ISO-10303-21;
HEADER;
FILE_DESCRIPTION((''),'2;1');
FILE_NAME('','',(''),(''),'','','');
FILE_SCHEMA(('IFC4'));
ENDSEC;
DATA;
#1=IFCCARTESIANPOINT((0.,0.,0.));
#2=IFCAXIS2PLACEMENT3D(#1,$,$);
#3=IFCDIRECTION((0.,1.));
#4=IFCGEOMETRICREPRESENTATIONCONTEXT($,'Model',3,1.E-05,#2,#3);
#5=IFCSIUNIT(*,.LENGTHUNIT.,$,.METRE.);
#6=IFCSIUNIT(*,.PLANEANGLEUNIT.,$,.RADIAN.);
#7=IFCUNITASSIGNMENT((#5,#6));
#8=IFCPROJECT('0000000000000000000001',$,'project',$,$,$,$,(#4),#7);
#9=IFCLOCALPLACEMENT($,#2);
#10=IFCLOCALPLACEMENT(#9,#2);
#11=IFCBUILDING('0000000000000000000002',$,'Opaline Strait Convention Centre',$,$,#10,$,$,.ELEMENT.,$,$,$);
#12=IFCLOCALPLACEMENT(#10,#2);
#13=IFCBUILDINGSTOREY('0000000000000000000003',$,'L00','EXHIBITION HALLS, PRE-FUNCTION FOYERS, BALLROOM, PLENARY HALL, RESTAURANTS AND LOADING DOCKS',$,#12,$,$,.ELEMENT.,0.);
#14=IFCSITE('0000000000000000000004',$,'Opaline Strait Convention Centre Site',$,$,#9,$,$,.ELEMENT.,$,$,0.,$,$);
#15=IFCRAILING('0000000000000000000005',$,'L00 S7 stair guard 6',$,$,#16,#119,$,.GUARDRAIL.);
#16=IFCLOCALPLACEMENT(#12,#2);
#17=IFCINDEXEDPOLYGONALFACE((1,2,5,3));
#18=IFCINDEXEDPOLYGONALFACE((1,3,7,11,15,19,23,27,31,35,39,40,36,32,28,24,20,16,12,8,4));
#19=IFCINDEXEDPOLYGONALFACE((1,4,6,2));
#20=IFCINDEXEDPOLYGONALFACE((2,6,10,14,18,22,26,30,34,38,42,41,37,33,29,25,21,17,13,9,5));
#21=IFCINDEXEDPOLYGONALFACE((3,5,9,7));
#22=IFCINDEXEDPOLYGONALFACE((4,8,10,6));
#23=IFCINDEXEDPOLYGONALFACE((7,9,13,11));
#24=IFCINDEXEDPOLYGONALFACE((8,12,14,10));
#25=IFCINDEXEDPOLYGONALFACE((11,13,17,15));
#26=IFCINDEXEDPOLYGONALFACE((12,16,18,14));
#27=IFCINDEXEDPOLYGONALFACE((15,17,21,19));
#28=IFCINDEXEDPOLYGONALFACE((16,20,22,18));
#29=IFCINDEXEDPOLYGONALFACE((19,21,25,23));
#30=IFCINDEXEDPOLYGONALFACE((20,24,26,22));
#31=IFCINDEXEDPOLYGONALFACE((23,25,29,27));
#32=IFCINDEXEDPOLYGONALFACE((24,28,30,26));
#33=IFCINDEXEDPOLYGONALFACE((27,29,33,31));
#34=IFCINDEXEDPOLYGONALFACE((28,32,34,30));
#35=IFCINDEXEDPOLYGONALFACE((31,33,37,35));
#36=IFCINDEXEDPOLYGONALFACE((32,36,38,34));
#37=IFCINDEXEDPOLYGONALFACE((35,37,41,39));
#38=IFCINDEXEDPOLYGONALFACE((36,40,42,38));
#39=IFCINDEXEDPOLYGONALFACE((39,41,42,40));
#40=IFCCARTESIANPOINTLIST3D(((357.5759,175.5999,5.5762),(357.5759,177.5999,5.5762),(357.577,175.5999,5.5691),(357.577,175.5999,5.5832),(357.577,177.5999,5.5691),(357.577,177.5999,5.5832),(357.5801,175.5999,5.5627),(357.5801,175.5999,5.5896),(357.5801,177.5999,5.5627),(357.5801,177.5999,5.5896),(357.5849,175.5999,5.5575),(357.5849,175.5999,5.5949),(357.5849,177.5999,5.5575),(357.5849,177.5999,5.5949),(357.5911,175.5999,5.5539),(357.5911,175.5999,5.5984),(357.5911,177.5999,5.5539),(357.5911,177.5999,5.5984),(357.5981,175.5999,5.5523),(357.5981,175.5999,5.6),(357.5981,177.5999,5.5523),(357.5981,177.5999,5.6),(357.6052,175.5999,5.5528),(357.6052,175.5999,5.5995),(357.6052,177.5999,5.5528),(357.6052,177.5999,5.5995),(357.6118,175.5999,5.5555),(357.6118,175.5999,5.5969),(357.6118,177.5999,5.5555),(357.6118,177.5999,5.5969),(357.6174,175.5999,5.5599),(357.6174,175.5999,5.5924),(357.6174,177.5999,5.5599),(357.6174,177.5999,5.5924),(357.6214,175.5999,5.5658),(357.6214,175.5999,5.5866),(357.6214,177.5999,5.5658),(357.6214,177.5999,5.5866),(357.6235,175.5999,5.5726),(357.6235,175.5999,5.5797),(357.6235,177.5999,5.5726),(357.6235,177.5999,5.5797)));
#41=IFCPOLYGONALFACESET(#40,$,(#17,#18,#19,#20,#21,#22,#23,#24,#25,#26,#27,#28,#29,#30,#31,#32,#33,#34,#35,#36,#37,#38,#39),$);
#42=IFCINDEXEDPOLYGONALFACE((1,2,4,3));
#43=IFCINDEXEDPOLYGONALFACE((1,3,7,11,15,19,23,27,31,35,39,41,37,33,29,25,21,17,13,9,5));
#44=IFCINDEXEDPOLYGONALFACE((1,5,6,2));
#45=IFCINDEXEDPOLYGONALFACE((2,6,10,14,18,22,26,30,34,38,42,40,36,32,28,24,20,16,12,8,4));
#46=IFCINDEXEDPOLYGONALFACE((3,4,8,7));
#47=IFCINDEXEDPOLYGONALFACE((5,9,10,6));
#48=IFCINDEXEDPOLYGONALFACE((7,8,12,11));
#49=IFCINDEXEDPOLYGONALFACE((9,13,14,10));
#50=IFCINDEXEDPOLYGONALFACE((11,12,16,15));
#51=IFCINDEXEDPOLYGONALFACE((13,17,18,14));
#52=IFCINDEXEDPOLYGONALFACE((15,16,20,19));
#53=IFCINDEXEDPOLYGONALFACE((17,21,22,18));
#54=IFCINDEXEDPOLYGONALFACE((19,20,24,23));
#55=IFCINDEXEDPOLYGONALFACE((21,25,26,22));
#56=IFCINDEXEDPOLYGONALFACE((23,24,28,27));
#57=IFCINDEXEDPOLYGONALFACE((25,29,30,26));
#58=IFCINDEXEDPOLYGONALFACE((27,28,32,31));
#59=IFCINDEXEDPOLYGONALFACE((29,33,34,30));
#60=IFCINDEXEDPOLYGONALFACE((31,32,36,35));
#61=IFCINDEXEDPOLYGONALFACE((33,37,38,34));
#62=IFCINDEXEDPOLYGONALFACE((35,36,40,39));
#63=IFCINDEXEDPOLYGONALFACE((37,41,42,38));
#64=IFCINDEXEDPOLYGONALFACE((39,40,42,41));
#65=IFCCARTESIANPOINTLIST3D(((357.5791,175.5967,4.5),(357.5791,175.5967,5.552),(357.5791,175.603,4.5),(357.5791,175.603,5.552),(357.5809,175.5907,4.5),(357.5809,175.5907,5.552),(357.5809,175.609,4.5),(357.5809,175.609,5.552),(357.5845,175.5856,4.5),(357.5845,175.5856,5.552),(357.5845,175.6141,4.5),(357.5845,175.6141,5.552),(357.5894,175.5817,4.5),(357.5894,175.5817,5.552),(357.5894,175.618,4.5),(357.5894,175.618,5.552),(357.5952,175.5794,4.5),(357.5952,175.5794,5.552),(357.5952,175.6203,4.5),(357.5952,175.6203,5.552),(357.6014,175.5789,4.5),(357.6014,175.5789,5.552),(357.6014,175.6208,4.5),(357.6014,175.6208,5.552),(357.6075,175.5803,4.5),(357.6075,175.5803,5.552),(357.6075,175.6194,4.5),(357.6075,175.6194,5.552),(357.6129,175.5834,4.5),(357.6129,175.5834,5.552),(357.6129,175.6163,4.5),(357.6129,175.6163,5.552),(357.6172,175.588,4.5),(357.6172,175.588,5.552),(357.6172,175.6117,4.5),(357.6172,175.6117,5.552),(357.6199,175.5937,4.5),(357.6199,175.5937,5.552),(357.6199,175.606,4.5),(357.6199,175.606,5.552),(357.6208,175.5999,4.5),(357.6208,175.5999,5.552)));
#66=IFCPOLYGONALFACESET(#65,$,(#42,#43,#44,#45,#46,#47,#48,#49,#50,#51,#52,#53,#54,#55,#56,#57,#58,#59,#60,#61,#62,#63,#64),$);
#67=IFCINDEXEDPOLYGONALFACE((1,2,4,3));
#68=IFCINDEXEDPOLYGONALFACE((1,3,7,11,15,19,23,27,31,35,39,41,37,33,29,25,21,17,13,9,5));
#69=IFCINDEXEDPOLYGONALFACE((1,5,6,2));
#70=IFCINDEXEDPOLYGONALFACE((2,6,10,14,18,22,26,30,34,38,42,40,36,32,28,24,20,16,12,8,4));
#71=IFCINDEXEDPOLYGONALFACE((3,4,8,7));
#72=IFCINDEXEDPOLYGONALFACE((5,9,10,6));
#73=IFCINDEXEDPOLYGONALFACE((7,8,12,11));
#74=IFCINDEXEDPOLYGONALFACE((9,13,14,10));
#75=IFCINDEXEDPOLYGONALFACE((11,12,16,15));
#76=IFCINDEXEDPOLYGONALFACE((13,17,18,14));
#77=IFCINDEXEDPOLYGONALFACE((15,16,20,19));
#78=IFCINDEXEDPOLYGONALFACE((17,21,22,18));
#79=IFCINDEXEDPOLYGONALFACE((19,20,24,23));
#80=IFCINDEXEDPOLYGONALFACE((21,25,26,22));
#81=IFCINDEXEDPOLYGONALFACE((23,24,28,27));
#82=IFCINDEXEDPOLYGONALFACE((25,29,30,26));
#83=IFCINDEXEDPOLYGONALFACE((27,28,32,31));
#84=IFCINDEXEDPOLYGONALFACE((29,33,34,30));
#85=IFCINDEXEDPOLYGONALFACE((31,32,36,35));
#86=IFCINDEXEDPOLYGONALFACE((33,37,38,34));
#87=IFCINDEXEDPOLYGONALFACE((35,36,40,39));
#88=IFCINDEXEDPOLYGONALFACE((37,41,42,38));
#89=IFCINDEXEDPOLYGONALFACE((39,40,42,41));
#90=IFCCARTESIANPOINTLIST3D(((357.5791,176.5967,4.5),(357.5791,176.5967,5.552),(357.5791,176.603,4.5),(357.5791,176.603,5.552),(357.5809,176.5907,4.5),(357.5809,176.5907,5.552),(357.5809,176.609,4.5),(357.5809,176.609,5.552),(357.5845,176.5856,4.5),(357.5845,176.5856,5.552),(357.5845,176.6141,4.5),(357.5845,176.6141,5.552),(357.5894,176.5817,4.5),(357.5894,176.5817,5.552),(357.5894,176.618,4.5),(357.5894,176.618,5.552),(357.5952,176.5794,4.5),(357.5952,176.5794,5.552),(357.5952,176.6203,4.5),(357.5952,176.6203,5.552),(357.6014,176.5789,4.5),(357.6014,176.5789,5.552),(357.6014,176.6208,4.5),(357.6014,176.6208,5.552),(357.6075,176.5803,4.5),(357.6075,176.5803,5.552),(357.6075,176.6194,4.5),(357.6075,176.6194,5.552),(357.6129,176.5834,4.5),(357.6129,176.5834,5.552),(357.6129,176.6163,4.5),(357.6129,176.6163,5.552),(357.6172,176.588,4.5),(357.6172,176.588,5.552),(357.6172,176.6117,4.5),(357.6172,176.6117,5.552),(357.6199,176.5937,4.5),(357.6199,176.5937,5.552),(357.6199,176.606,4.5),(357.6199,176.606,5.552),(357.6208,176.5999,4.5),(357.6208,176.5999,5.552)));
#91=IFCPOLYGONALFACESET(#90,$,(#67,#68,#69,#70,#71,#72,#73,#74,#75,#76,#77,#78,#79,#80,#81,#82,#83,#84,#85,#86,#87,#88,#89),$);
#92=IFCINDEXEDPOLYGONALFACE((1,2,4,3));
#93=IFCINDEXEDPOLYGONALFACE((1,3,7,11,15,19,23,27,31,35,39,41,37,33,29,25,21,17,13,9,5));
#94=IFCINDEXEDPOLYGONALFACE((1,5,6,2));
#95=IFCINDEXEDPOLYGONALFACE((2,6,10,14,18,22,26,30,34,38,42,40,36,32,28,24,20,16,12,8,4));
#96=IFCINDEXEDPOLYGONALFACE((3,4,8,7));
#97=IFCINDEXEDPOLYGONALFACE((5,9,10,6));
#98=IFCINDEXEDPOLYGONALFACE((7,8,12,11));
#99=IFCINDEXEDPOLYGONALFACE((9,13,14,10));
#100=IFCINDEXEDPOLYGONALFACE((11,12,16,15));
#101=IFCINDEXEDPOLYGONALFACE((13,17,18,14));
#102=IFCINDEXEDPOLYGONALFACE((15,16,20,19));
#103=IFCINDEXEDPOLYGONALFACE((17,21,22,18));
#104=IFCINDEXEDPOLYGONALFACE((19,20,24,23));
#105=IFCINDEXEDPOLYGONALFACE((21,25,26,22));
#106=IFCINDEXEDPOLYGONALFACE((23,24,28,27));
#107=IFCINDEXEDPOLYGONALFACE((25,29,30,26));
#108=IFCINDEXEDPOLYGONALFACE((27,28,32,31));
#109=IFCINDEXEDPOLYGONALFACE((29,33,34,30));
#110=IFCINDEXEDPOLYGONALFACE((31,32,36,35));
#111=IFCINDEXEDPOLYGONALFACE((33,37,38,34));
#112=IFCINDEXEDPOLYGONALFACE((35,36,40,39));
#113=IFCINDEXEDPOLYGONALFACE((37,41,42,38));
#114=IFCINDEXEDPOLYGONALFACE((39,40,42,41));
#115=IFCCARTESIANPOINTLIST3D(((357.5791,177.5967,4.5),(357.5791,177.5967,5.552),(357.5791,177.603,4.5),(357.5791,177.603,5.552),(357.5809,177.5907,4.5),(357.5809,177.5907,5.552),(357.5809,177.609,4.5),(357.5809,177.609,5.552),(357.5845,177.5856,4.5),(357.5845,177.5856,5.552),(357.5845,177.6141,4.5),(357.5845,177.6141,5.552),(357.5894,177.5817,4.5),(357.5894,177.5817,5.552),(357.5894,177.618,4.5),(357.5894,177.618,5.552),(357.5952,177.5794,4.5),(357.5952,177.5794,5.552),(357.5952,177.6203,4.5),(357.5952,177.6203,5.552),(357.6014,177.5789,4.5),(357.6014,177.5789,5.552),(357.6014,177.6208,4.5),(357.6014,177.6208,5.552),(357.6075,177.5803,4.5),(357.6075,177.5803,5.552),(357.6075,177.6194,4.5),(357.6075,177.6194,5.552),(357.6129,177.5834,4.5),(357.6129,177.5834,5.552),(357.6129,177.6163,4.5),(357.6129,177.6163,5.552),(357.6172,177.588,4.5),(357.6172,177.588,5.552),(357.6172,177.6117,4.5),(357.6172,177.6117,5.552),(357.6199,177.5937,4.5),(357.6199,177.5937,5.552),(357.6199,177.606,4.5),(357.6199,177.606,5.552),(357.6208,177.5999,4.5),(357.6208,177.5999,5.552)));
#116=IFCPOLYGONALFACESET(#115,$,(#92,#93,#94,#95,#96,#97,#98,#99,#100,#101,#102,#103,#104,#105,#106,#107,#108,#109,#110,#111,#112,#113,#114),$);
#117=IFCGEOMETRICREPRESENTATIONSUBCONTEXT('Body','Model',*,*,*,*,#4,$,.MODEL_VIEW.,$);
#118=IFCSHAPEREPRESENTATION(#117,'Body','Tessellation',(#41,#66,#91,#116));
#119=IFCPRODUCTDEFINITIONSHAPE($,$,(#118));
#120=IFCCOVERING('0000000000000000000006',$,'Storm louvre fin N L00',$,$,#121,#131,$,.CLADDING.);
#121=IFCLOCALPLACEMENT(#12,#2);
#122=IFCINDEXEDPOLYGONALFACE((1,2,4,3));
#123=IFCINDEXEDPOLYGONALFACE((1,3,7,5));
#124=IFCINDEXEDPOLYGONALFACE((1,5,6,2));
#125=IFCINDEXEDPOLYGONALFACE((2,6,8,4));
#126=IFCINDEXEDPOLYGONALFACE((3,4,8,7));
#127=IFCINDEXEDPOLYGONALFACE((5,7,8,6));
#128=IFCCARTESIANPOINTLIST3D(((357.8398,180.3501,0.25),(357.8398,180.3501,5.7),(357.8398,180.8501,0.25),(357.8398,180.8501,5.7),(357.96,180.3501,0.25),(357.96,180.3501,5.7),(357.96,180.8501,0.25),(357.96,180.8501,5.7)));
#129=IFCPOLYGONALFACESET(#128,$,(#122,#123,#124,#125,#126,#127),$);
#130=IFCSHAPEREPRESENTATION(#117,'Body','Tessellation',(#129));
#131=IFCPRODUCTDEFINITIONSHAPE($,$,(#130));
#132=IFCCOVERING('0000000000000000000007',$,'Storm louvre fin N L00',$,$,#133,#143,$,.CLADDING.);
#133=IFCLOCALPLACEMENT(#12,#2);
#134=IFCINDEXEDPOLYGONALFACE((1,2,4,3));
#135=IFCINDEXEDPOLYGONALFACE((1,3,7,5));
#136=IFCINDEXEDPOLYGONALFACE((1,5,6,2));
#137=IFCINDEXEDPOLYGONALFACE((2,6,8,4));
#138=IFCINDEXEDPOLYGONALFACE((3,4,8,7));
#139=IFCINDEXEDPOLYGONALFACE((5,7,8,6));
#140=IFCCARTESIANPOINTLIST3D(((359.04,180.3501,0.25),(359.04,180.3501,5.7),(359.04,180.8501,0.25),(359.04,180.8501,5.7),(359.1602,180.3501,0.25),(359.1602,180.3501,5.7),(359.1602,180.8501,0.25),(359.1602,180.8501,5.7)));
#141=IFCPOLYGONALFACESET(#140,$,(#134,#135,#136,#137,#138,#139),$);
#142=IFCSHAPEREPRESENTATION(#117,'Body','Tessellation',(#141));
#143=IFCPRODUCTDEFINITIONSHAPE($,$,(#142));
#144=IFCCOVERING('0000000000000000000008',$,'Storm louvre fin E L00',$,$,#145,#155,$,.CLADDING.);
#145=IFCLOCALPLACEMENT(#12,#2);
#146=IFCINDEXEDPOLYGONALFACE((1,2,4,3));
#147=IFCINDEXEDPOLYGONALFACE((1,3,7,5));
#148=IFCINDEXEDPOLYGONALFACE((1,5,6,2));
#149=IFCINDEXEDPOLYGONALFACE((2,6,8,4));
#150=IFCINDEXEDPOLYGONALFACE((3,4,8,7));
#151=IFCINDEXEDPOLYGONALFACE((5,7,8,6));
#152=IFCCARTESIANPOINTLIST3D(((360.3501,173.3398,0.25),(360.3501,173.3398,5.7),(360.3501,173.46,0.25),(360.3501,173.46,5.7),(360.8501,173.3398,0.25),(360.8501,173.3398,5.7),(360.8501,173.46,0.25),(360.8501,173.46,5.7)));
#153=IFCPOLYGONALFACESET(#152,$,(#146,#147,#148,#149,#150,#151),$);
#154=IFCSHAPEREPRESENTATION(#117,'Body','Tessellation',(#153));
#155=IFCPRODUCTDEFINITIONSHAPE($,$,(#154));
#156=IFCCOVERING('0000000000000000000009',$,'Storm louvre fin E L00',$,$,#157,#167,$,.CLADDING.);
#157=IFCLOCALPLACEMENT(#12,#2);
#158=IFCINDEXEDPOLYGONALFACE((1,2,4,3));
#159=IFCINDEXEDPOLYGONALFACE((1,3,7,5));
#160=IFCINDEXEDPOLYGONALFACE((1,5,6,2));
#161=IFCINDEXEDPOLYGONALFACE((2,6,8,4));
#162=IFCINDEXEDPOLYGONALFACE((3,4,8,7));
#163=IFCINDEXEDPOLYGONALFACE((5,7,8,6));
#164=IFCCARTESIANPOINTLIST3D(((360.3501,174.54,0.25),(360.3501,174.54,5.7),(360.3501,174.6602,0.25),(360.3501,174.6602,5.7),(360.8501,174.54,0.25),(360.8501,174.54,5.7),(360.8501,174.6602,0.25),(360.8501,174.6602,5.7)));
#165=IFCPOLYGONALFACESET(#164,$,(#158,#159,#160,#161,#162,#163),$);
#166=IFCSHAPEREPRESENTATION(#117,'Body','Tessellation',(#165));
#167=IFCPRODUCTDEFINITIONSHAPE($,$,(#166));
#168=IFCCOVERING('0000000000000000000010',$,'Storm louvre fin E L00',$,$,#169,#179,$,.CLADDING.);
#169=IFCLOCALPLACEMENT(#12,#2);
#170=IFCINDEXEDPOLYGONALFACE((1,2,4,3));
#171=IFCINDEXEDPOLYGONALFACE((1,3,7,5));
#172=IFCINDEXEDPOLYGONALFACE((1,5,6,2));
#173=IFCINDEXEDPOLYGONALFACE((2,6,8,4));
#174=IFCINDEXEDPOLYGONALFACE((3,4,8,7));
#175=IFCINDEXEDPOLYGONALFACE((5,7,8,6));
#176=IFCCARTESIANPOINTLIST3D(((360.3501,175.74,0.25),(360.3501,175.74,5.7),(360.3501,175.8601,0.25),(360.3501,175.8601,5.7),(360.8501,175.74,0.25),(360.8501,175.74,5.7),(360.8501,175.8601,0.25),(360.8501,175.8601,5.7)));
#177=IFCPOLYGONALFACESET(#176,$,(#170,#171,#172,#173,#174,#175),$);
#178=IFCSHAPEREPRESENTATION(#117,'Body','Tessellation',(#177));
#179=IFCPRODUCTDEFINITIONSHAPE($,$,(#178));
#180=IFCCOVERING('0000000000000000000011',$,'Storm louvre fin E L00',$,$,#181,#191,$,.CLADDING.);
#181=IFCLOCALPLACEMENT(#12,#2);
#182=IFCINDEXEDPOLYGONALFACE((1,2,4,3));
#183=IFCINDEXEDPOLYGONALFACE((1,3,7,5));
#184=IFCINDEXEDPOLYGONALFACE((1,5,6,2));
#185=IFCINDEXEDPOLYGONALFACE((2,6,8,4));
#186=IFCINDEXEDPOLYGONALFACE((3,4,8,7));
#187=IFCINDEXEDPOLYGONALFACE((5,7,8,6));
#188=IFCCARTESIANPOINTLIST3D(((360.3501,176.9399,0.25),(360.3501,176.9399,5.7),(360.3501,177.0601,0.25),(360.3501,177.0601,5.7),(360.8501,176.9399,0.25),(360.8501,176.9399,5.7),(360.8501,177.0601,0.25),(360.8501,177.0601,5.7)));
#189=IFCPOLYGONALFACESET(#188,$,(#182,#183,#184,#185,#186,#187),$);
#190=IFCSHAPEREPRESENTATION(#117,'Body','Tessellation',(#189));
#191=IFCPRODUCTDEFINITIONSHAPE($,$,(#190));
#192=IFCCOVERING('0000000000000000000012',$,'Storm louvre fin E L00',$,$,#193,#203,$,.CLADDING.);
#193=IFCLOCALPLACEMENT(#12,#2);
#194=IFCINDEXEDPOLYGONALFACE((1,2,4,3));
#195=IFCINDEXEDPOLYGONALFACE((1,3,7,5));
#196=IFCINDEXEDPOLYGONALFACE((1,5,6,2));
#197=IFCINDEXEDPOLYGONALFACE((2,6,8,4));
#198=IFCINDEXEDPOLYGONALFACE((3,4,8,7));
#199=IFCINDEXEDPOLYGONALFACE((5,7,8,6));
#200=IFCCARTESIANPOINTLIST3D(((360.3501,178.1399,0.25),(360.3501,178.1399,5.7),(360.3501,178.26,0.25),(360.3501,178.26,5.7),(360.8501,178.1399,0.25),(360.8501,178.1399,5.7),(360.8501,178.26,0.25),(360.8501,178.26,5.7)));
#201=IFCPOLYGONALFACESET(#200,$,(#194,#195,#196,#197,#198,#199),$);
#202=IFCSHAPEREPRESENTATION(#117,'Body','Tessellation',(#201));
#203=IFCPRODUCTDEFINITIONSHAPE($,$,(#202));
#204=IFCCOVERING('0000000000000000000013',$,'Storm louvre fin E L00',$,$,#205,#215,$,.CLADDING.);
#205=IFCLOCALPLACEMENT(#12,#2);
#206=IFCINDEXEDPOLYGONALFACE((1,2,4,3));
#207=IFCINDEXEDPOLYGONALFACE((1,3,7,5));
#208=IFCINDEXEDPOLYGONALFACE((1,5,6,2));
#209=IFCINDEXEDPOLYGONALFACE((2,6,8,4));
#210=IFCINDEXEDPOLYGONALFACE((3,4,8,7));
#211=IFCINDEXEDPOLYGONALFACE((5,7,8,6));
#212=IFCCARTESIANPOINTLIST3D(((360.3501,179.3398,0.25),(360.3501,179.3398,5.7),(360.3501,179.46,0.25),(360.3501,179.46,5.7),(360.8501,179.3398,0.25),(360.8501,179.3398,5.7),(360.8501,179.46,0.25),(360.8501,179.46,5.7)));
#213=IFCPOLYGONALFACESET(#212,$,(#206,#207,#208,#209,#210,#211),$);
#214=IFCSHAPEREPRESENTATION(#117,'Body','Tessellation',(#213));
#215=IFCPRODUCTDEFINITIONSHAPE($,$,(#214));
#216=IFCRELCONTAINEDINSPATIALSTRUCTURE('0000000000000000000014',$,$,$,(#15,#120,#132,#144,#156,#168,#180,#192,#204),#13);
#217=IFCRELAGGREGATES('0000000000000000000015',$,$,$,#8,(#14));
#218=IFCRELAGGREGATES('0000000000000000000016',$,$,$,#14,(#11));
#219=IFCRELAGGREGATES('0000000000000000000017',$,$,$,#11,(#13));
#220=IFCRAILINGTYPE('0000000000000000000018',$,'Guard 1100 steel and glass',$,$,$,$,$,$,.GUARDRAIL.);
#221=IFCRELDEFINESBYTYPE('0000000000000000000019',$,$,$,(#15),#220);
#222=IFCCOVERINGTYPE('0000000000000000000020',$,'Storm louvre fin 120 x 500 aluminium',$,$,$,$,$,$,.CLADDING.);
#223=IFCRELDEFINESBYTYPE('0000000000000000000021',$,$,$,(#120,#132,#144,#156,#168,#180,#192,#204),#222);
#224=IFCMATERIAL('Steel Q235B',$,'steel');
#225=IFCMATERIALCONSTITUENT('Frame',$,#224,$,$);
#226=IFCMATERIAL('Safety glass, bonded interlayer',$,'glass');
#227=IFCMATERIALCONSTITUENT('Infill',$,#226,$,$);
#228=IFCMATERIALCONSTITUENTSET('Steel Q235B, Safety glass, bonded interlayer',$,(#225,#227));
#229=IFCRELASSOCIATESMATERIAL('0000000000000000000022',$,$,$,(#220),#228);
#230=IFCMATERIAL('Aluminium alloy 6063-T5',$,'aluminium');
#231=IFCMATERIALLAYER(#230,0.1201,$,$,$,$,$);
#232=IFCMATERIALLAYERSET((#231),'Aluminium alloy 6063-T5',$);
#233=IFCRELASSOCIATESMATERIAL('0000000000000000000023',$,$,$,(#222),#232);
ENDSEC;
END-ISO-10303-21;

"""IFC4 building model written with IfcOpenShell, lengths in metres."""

from ifc_helpers import new_model, si_unit, direction, frame, origin, origin_2d, place, context, subcontext, project, spatial, rectangle, circle, extrude, material, layer, layer_set, constituent, constituent_set, type_object, element, save


model = new_model("IFC4")

# Units and contexts
model_context = context("Model", 3, precision=1e-05, world=origin(), true_north=direction((0.0, 1.0)))
body_context = subcontext(model_context, "Body", "Model", "MODEL_VIEW")
ifc_project = project(units=[si_unit("LENGTHUNIT", "METRE"), si_unit("PLANEANGLEUNIT", "RADIAN")], contexts=[model_context])

# Site, building, storey
site_placement = place(None, origin())
site = spatial("IfcSite", under=ifc_project, at=site_placement, Name="Opaline Strait Convention Centre Site", CompositionType="ELEMENT", RefElevation=0.0)
building_placement = place(site_placement, origin())
building = spatial("IfcBuilding", under=site, at=building_placement, Name="Opaline Strait Convention Centre", CompositionType="ELEMENT")
storey_placement = place(building_placement, origin())
storey = spatial("IfcBuildingStorey", under=building, at=storey_placement, Name="L00", Description="EXHIBITION HALLS, PRE-FUNCTION FOYERS, BALLROOM, PLENARY HALL, RESTAURANTS AND LOADING DOCKS", CompositionType="ELEMENT", Elevation=0.0)

# Railing
ifc_material_1 = material(Name="Steel Q235B", Category="steel")
ifc_constituent_1 = constituent(ifc_material_1, Name="Frame")
ifc_material_2 = material(Name="Safety glass, bonded interlayer", Category="glass")
ifc_constituent_2 = constituent(ifc_material_2, Name="Infill")
ifc_constituent_set = constituent_set(constituents=[ifc_constituent_1, ifc_constituent_2], Name="Steel Q235B, Safety glass, bonded interlayer")
railing_type = type_object("IfcRailingType", Name="Guard 1100 steel and glass", PredefinedType="GUARDRAIL", material=ifc_constituent_set)
for number, where, name in (
    (1, (357.5999, 175.5999, 4.5), "L00 S7 stair guard 6"),
):
    element("IfcRailing", number, at=place(storey_placement, frame(where)), inside=storey, type_object=railing_type, Name=name, PredefinedType="GUARDRAIL", context=body_context, shape_type="SweptSolid", body=[
        extrude(circle(Radius=0.0239, at=origin_2d()), frame((0.0, 0.0, 1.0762), z_axis=(0.0, 1.0, 0.0), x_axis=(-1.0, 0.0, 0.0)), (0.0, 0.0, 1.0), 2.0),
        extrude(circle(Radius=0.021, at=origin_2d()), origin(), (0.0, 0.0, 1.0), 1.052),
        extrude(circle(Radius=0.021, at=origin_2d()), frame((0.0, 1.0, 0.0)), (0.0, 0.0, 1.0), 1.052),
        extrude(circle(Radius=0.021, at=origin_2d()), frame((0.0, 2.0, 0.0)), (0.0, 0.0, 1.0), 1.052),
    ])

# Coverings
ifc_material_3 = material(Name="Aluminium alloy 6063-T5", Category="aluminium")
ifc_layer = layer(ifc_material_3, 0.1201)
ifc_layer_set = layer_set([ifc_layer], Name="Aluminium alloy 6063-T5")
covering_type = type_object("IfcCoveringType", Name="Storm louvre fin 120 x 500 aluminium", PredefinedType="CLADDING", material=ifc_layer_set)
for number, where, z_axis, x_axis, name in (
    (2, (357.8999, 180.6001, 0.25), (0.0, 0.0, 1.0), (1.0, 0.0, 0.0), "Storm louvre fin N L00"),
    (3, (359.1001, 180.6001, 0.25), (0.0, 0.0, 1.0), (1.0, 0.0, 0.0), "Storm louvre fin N L00"),
):
    element("IfcCovering", number, at=place(storey_placement, frame(where, z_axis=z_axis, x_axis=x_axis)), inside=storey, type_object=covering_type, Name=name, PredefinedType="CLADDING", context=body_context, shape_type="SweptSolid", body=[
        extrude(rectangle(XDim=0.1201, YDim=0.5, at=origin_2d()), origin(), (0.0, 0.0, 1.0), 5.45),
    ])
for number, where, z_axis, x_axis, name in (
    (4, (360.6001, 173.3999, 0.25), (0.0, 0.0, 1.0), (1.0, 0.0, 0.0), "Storm louvre fin E L00"),
    (5, (360.6001, 174.6001, 0.25), (0.0, 0.0, 1.0), (1.0, 0.0, 0.0), "Storm louvre fin E L00"),
    (6, (360.6001, 175.8, 0.25), (0.0, 0.0, 1.0), (1.0, 0.0, 0.0), "Storm louvre fin E L00"),
    (7, (360.6001, 177.0, 0.25), (0.0, 0.0, 1.0), (1.0, 0.0, 0.0), "Storm louvre fin E L00"),
    (8, (360.6001, 178.2, 0.25), (0.0, 0.0, 1.0), (1.0, 0.0, 0.0), "Storm louvre fin E L00"),
    (9, (360.6001, 179.3999, 0.25), (0.0, 0.0, 1.0), (1.0, 0.0, 0.0), "Storm louvre fin E L00"),
):
    element("IfcCovering", number, at=place(storey_placement, frame(where, z_axis=z_axis, x_axis=x_axis)), inside=storey, type_object=covering_type, Name=name, PredefinedType="CLADDING", context=body_context, shape_type="SweptSolid", body=[
        extrude(rectangle(XDim=0.5, YDim=0.1201, at=origin_2d()), origin(), (0.0, 0.0, 1.0), 5.45),
    ])

save(model, "model.ifc")
